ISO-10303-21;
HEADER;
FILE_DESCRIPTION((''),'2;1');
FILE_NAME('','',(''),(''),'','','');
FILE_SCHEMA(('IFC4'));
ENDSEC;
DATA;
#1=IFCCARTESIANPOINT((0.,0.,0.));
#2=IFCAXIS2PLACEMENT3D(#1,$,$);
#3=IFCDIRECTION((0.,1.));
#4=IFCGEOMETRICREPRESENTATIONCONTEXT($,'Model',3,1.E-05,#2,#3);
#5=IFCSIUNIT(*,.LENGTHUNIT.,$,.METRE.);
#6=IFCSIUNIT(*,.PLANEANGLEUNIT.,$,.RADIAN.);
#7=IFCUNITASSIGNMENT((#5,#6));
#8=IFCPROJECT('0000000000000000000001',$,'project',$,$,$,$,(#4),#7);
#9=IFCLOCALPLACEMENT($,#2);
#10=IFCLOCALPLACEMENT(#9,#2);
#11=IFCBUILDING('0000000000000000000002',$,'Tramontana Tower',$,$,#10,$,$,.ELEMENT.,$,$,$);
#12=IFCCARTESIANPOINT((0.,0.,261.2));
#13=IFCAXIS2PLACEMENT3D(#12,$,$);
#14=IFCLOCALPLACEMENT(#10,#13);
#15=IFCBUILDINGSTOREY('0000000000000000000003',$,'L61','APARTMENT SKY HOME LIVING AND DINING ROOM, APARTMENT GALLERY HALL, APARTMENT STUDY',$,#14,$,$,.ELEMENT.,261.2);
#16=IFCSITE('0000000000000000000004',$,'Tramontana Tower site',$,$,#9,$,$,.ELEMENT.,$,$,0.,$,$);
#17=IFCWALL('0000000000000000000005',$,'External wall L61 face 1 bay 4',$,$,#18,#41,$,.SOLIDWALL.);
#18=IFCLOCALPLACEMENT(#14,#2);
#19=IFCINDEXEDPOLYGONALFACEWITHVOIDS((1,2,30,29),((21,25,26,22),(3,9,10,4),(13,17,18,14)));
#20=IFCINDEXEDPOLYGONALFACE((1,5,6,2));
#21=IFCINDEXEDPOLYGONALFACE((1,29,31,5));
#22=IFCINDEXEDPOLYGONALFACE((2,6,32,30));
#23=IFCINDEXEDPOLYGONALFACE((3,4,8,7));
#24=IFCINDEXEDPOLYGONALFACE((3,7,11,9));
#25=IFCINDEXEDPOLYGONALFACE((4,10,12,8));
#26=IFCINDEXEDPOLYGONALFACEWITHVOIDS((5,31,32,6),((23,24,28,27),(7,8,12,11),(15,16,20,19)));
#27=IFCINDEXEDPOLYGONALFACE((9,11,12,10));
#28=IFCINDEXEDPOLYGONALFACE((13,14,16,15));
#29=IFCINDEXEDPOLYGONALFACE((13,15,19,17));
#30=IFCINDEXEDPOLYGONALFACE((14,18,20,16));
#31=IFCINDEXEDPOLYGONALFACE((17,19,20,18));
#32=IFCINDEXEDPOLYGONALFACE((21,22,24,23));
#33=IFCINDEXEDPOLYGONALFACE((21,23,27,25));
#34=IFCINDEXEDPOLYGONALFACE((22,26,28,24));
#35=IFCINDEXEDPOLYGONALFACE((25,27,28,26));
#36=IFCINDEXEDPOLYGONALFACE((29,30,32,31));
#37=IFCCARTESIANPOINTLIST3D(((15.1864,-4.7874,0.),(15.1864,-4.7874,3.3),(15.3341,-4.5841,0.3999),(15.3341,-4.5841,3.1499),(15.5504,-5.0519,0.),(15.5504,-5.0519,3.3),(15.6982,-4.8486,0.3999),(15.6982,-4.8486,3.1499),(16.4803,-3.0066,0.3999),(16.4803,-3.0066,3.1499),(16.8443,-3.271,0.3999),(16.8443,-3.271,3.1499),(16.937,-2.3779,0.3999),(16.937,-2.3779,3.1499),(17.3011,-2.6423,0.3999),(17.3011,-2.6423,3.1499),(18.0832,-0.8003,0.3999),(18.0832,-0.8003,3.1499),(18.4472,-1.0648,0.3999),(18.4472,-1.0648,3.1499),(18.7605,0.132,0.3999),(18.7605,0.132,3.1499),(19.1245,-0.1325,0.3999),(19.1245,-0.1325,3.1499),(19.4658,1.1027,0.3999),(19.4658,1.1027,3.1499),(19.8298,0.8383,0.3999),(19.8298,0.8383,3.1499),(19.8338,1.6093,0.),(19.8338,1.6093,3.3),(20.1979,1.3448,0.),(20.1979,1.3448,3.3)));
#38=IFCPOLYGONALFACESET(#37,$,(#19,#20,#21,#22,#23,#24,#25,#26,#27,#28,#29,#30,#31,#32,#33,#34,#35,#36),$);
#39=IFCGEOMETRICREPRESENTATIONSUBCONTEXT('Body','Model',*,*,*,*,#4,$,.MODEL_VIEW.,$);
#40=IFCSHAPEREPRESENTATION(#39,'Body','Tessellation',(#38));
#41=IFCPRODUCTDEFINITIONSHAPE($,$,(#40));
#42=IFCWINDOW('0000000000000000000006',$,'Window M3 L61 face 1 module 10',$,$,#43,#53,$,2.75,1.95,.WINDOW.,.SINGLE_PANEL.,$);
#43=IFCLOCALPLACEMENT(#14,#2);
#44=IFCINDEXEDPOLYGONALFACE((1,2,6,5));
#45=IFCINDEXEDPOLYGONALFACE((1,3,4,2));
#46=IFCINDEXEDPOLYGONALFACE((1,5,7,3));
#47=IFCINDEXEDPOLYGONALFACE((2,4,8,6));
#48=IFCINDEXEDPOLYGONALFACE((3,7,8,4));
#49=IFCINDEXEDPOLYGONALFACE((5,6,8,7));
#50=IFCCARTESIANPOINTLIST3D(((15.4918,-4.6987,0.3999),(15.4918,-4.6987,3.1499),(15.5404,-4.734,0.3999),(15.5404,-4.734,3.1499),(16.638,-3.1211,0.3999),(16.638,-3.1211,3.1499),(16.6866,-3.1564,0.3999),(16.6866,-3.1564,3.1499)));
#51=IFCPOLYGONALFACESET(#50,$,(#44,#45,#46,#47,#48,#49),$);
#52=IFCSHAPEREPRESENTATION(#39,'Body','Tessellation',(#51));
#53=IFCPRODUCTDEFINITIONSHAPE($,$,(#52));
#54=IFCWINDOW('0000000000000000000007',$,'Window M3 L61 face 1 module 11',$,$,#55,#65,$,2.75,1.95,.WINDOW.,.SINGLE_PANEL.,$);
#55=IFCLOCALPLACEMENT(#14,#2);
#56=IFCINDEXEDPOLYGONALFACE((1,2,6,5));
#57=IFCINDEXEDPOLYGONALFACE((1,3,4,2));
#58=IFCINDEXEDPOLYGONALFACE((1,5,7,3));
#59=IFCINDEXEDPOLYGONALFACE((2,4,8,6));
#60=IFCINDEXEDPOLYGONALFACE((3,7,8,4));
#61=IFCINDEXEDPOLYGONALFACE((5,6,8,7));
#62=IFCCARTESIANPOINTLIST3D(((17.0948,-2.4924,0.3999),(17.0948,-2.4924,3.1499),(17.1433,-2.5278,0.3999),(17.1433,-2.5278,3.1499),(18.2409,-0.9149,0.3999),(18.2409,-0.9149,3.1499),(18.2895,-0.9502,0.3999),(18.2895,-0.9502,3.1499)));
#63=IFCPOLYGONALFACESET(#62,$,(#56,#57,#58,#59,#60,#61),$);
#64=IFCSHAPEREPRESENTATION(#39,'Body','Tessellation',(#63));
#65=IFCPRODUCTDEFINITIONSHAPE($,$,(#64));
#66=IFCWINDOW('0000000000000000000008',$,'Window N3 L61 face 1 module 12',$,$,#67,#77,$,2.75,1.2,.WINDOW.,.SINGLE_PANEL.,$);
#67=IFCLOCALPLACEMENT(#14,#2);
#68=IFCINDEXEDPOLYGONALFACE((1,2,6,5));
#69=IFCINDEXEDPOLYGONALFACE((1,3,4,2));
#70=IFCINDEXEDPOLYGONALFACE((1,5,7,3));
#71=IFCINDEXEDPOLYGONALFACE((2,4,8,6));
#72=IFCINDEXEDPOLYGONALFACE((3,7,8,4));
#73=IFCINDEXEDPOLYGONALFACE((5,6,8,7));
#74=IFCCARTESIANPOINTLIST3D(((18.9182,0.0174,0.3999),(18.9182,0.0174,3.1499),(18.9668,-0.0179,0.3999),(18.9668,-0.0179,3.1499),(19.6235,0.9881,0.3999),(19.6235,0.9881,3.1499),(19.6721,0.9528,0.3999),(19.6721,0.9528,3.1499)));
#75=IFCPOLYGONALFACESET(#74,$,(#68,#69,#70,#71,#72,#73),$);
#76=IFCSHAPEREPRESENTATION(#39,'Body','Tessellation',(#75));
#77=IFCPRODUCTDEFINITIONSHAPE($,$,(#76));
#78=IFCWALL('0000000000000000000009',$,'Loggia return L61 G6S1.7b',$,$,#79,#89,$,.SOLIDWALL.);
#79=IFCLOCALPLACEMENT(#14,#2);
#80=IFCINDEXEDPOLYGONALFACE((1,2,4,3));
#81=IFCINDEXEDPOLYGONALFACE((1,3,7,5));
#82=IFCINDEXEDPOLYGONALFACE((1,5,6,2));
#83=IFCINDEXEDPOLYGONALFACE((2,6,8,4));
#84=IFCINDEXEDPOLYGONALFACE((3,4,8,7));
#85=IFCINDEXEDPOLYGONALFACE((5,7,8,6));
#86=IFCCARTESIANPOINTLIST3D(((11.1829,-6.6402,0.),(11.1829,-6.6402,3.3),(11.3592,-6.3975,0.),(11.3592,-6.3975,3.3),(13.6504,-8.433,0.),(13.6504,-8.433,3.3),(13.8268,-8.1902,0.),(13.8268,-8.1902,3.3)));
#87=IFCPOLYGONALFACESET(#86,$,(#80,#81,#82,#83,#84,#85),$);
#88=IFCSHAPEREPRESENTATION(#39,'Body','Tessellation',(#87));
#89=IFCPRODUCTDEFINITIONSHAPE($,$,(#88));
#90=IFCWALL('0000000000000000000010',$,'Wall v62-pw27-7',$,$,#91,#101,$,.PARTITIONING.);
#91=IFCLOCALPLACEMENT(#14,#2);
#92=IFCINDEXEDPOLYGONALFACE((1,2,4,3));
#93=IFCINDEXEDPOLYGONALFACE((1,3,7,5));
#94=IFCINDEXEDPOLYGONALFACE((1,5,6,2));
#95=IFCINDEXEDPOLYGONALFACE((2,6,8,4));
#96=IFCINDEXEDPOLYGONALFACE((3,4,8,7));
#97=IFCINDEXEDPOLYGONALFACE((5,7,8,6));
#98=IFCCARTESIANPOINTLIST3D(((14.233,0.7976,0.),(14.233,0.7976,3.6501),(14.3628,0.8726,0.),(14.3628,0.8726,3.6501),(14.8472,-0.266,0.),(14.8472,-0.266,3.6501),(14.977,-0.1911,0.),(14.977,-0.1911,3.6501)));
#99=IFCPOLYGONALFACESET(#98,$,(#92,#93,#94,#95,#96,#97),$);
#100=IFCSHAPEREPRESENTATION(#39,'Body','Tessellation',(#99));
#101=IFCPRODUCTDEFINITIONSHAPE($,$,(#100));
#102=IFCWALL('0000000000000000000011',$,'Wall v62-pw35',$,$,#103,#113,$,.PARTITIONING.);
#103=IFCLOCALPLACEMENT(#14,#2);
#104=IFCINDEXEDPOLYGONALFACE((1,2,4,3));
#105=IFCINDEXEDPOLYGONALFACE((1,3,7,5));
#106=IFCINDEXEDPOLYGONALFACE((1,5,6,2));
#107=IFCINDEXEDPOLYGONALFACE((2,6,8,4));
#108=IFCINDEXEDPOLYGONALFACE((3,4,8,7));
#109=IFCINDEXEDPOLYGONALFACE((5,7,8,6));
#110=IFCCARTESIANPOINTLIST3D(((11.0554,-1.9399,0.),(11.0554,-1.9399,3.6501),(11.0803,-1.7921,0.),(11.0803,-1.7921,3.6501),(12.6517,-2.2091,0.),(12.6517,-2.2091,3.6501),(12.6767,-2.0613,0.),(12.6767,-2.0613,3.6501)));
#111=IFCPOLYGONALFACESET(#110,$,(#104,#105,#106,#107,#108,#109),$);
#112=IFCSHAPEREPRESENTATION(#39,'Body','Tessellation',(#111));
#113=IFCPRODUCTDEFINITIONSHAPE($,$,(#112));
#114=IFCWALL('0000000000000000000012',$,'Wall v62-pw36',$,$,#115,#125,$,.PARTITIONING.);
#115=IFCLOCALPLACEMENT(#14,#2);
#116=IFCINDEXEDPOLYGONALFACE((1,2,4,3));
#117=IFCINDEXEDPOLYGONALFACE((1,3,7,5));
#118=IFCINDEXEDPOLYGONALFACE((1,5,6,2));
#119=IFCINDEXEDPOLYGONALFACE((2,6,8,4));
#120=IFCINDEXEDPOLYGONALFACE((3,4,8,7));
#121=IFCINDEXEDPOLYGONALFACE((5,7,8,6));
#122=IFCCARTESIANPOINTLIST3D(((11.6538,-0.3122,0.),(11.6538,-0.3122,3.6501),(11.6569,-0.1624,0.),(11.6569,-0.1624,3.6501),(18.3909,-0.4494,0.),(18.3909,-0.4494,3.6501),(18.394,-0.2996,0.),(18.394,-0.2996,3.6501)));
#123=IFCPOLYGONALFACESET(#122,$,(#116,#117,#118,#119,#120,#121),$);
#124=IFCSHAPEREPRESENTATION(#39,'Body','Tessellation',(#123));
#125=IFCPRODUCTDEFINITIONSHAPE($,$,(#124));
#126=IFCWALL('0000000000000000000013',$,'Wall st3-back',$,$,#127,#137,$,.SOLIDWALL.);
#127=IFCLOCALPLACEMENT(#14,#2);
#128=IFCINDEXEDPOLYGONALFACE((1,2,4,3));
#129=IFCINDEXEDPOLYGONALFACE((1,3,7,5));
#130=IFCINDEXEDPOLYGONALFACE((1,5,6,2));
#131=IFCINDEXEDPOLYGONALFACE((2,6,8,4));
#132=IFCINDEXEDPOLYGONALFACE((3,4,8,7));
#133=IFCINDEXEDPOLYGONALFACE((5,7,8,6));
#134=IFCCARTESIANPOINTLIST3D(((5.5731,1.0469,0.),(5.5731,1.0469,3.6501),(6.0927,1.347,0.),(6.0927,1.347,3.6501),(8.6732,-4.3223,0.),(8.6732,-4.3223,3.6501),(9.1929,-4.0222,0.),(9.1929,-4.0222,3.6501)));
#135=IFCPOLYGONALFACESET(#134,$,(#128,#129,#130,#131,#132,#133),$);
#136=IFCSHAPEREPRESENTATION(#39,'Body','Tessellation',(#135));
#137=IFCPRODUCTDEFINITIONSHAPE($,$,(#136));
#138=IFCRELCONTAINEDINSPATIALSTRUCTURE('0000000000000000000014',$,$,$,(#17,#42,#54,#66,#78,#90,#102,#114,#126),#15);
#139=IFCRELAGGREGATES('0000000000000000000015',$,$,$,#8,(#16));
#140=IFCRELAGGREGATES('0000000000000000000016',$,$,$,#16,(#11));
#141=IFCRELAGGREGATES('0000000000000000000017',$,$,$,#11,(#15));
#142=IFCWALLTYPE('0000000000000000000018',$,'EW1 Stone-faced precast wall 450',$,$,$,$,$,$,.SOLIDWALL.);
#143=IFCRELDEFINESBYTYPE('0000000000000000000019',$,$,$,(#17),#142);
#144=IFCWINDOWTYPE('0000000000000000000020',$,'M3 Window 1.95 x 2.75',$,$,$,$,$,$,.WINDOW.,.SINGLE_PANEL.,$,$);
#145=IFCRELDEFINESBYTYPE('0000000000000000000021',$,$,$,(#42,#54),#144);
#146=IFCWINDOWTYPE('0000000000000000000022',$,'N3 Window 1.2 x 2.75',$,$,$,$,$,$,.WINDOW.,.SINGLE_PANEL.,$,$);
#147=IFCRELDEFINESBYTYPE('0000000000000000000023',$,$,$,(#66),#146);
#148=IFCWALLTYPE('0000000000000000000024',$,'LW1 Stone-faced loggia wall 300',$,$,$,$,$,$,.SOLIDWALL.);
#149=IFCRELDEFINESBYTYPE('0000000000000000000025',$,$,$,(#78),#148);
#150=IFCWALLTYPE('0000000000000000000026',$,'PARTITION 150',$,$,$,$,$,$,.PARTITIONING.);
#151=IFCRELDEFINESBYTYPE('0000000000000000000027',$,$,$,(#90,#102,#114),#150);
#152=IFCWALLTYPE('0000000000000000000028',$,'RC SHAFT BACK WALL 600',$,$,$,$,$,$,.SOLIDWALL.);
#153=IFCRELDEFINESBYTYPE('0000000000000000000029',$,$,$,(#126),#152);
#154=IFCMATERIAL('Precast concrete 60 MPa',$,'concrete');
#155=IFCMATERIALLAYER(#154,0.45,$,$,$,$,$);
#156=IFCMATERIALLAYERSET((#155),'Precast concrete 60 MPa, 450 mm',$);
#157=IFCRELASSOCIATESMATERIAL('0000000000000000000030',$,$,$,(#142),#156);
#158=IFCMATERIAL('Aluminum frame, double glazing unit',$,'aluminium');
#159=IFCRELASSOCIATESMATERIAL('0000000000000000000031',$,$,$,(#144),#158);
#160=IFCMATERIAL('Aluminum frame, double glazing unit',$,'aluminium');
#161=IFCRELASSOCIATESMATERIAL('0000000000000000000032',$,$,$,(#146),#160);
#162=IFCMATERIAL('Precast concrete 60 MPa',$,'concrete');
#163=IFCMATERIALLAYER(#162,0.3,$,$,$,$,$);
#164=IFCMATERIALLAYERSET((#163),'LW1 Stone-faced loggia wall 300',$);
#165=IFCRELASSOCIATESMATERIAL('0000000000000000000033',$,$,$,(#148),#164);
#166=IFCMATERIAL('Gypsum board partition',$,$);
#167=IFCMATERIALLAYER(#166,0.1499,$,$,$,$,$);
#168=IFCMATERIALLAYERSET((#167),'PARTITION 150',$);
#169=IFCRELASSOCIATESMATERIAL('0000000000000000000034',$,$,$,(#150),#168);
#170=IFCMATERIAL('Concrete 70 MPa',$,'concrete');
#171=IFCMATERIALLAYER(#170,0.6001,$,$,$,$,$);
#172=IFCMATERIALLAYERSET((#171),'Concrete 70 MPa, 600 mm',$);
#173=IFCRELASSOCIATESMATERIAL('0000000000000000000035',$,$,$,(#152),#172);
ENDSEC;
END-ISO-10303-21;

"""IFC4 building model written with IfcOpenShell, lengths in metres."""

from ifc_helpers import new_model, si_unit, direction, frame, frame_2d, origin, place, context, subcontext, project, spatial, rectangle, extrude, material, layer, layer_set, type_object, element, fill, save


model = new_model("IFC4")

# Units and contexts
model_context = context("Model", 3, precision=1e-05, world=origin(), true_north=direction((0.0, 1.0)))
body_context = subcontext(model_context, "Body", "Model", "MODEL_VIEW")
ifc_project = project(units=[si_unit("LENGTHUNIT", "METRE"), si_unit("PLANEANGLEUNIT", "RADIAN")], contexts=[model_context])

# Site, building, storey
site_placement = place(None, origin())
site = spatial("IfcSite", under=ifc_project, at=site_placement, Name="Tramontana Tower site", CompositionType="ELEMENT", RefElevation=0.0)
building_placement = place(site_placement, origin())
building = spatial("IfcBuilding", under=site, at=building_placement, Name="Tramontana Tower", CompositionType="ELEMENT")
storey_placement = place(building_placement, frame((0.0, 0.0, 261.2)))
storey = spatial("IfcBuildingStorey", under=building, at=storey_placement, Name="L61", Description="APARTMENT SKY HOME LIVING AND DINING ROOM, APARTMENT GALLERY HALL, APARTMENT STUDY", CompositionType="ELEMENT", Elevation=261.2)

# Shared definitions
ifc_material_1 = material(Name="Precast concrete 60 MPa", Category="concrete")
ifc_layer_1 = layer(ifc_material_1, 0.45)
ifc_layer_set_1 = layer_set([ifc_layer_1], Name="Precast concrete 60 MPa, 450 mm")
wall_type_1 = type_object("IfcWallType", Name="EW1 Stone-faced precast wall 450", PredefinedType="SOLIDWALL", material=ifc_layer_set_1)
ifc_material_2 = material(Name="Aluminum frame, double glazing unit", Category="aluminium")
window_type_1 = type_object("IfcWindowType", Name="M3 Window 1.95 x 2.75", PartitioningType="SINGLE_PANEL", PredefinedType="WINDOW", material=ifc_material_2)

# Wall, openings, windows
wall_1_placement = place(storey_placement, frame((15.3684, -4.9197, 0.0), z_axis=(0.0, 0.0, 1.0), x_axis=(0.587782, 0.809019, 0.0)))
wall_1 = element("IfcWall", 1, at=wall_1_placement, inside=storey, type_object=wall_type_1, Name="External wall L61 face 1 bay 4", PredefinedType="SOLIDWALL", context=body_context, shape_type="SweptSolid", body=[
    extrude(rectangle(XDim=7.9067, YDim=0.45, at=frame_2d((3.9534, 0.0))), origin(), (0.0, 0.0, 1.0), 3.3),
])
opening_1_placement = place(wall_1_placement, frame((0.2512, 0.0, 0.3999)))
opening_1 = element("IfcOpeningElement", 2, at=opening_1_placement, cuts=wall_1, PredefinedType="OPENING", context=body_context, shape_type="SweptSolid", body=[
    extrude(rectangle(XDim=1.95, YDim=2.75, at=frame_2d((0.9751, 1.375))), frame((0.0, 0.2349, 0.0), z_axis=(0.0, -1.0, 0.0), x_axis=(1.0, 0.0, 0.0)), (0.0, 0.0, 1.0), 0.47),
])
opening_2_placement = place(wall_1_placement, frame((2.9783, 0.0, 0.3999)))
opening_2 = element("IfcOpeningElement", 3, at=opening_2_placement, cuts=wall_1, PredefinedType="OPENING", context=body_context, shape_type="SweptSolid", body=[
    extrude(rectangle(XDim=1.95, YDim=2.75, at=frame_2d((0.9751, 1.375))), frame((0.0, 0.2349, 0.0), z_axis=(0.0, -1.0, 0.0), x_axis=(1.0, 0.0, 0.0)), (0.0, 0.0, 1.0), 0.47),
])
opening_3_placement = place(wall_1_placement, frame((6.0806, 0.0, 0.3999)))
opening_3 = element("IfcOpeningElement", 4, at=opening_3_placement, cuts=wall_1, PredefinedType="OPENING", context=body_context, shape_type="SweptSolid", body=[
    extrude(rectangle(XDim=1.2, YDim=2.75, at=frame_2d((0.6001, 1.375))), frame((0.0, 0.2349, 0.0), z_axis=(0.0, -1.0, 0.0), x_axis=(1.0, 0.0, 0.0)), (0.0, 0.0, 1.0), 0.47),
])
window_1_placement = place(opening_1_placement, origin())
window_1 = element("IfcWindow", 5, at=window_1_placement, inside=storey, type_object=window_type_1, Name="Window M3 L61 face 1 module 10", OverallHeight=2.75, OverallWidth=1.95, PartitioningType="SINGLE_PANEL", PredefinedType="WINDOW", context=body_context, shape_type="SweptSolid", body=[
    extrude(rectangle(XDim=1.95, YDim=2.75, at=frame_2d((0.9751, 1.375))), frame((0.0, 0.03, 0.0), z_axis=(0.0, -1.0, 0.0), x_axis=(1.0, 0.0, 0.0)), (0.0, 0.0, 1.0), 0.0601),
])
fill(opening_1, window_1)
window_2_placement = place(opening_2_placement, origin())
window_2 = element("IfcWindow", 6, at=window_2_placement, inside=storey, type_object=window_type_1, Name="Window M3 L61 face 1 module 11", OverallHeight=2.75, OverallWidth=1.95, PartitioningType="SINGLE_PANEL", PredefinedType="WINDOW", context=body_context, shape_type="SweptSolid", body=[
    extrude(rectangle(XDim=1.95, YDim=2.75, at=frame_2d((0.9751, 1.375))), frame((0.0, 0.03, 0.0), z_axis=(0.0, -1.0, 0.0), x_axis=(1.0, 0.0, 0.0)), (0.0, 0.0, 1.0), 0.0601),
])
fill(opening_2, window_2)
ifc_material_3 = material(Name="Aluminum frame, double glazing unit", Category="aluminium")
window_type_2 = type_object("IfcWindowType", Name="N3 Window 1.2 x 2.75", PartitioningType="SINGLE_PANEL", PredefinedType="WINDOW", material=ifc_material_3)
window_3_placement = place(opening_3_placement, origin())
window_3 = element("IfcWindow", 7, at=window_3_placement, inside=storey, type_object=window_type_2, Name="Window N3 L61 face 1 module 12", OverallHeight=2.75, OverallWidth=1.2, PartitioningType="SINGLE_PANEL", PredefinedType="WINDOW", context=body_context, shape_type="SweptSolid", body=[
    extrude(rectangle(XDim=1.2, YDim=2.75, at=frame_2d((0.6001, 1.375))), frame((0.0, 0.03, 0.0), z_axis=(0.0, -1.0, 0.0), x_axis=(1.0, 0.0, 0.0)), (0.0, 0.0, 1.0), 0.0601),
])
fill(opening_3, window_3)

# Wall
ifc_material_4 = material(Name="Precast concrete 60 MPa", Category="concrete")
ifc_layer_2 = layer(ifc_material_4, 0.3)
ifc_layer_set_2 = layer_set([ifc_layer_2], Name="LW1 Stone-faced loggia wall 300")
wall_type_2 = type_object("IfcWallType", Name="LW1 Stone-faced loggia wall 300", PredefinedType="SOLIDWALL", material=ifc_layer_set_2)
wall_2_placement = place(storey_placement, frame((13.7385, -8.3115, 0.0), z_axis=(0.0, 0.0, 1.0), x_axis=(-0.809023, 0.587777, 0.0)))
element("IfcWall", 8, at=wall_2_placement, inside=storey, type_object=wall_type_2, Name="Loggia return L61 G6S1.7b", PredefinedType="SOLIDWALL", context=body_context, shape_type="SweptSolid", body=[
    extrude(rectangle(XDim=3.05, YDim=0.3, at=frame_2d((1.5249, 0.0))), origin(), (0.0, 0.0, 1.0), 3.3),
])

# Shared definitions
ifc_material_5 = material(Name="Gypsum board partition")
ifc_layer_3 = layer(ifc_material_5, 0.1499)
ifc_layer_set_3 = layer_set([ifc_layer_3], Name="PARTITION 150")
wall_type_3 = type_object("IfcWallType", Name="PARTITION 150", PredefinedType="PARTITIONING", material=ifc_layer_set_3)

# Walls
wall_3_placement = place(storey_placement, frame((14.2979, 0.8352, 0.0), z_axis=(0.0, 0.0, 1.0), x_axis=(0.500072, -0.865984, 0.0)))
element("IfcWall", 9, at=wall_3_placement, inside=storey, type_object=wall_type_3, Name="Wall v62-pw27-7", PredefinedType="PARTITIONING", context=body_context, shape_type="SweptSolid", body=[
    extrude(rectangle(XDim=1.2283, YDim=0.1499, at=frame_2d((0.6143, 0.0))), origin(), (0.0, 0.0, 1.0), 3.6501),
])
wall_4_placement = place(storey_placement, frame((12.6643, -2.1353, 0.0), z_axis=(0.0, 0.0, 1.0), x_axis=(-0.98607, 0.166331, 0.0)))
element("IfcWall", 10, at=wall_4_placement, inside=storey, type_object=wall_type_3, Name="Wall v62-pw35", PredefinedType="PARTITIONING", context=body_context, shape_type="SweptSolid", body=[
    extrude(rectangle(XDim=1.6189, YDim=0.1499, at=frame_2d((0.8096, 0.0))), origin(), (0.0, 0.0, 1.0), 3.6501),
])
wall_5_placement = place(storey_placement, frame((18.3923, -0.3745, 0.0), z_axis=(0.0, 0.0, 1.0), x_axis=(-0.999793, 0.020362, 0.0)))
element("IfcWall", 11, at=wall_5_placement, inside=storey, type_object=wall_type_3, Name="Wall v62-pw36", PredefinedType="PARTITIONING", context=body_context, shape_type="SweptSolid", body=[
    extrude(rectangle(XDim=6.7385, YDim=0.1499, at=frame_2d((3.3691, 0.0))), origin(), (0.0, 0.0, 1.0), 3.6501),
])
ifc_material_6 = material(Name="Concrete 70 MPa", Category="concrete")
ifc_layer_4 = layer(ifc_material_6, 0.6001)
ifc_layer_set_4 = layer_set([ifc_layer_4], Name="Concrete 70 MPa, 600 mm")
wall_type_4 = type_object("IfcWallType", Name="RC SHAFT BACK WALL 600", PredefinedType="SOLIDWALL", material=ifc_layer_set_4)
wall_6_placement = place(storey_placement, frame((8.9331, -4.1724, 0.0), z_axis=(0.0, 0.0, 1.0), x_axis=(-0.500027, 0.86601, 0.0)))
element("IfcWall", 12, at=wall_6_placement, inside=storey, type_object=wall_type_4, Name="Wall st3-back", PredefinedType="SOLIDWALL", context=body_context, shape_type="SweptSolid", body=[
    extrude(rectangle(XDim=6.2, YDim=0.6001, at=frame_2d((3.1001, 0.0))), origin(), (0.0, 0.0, 1.0), 3.6501),
])

save(model, "model.ifc")
